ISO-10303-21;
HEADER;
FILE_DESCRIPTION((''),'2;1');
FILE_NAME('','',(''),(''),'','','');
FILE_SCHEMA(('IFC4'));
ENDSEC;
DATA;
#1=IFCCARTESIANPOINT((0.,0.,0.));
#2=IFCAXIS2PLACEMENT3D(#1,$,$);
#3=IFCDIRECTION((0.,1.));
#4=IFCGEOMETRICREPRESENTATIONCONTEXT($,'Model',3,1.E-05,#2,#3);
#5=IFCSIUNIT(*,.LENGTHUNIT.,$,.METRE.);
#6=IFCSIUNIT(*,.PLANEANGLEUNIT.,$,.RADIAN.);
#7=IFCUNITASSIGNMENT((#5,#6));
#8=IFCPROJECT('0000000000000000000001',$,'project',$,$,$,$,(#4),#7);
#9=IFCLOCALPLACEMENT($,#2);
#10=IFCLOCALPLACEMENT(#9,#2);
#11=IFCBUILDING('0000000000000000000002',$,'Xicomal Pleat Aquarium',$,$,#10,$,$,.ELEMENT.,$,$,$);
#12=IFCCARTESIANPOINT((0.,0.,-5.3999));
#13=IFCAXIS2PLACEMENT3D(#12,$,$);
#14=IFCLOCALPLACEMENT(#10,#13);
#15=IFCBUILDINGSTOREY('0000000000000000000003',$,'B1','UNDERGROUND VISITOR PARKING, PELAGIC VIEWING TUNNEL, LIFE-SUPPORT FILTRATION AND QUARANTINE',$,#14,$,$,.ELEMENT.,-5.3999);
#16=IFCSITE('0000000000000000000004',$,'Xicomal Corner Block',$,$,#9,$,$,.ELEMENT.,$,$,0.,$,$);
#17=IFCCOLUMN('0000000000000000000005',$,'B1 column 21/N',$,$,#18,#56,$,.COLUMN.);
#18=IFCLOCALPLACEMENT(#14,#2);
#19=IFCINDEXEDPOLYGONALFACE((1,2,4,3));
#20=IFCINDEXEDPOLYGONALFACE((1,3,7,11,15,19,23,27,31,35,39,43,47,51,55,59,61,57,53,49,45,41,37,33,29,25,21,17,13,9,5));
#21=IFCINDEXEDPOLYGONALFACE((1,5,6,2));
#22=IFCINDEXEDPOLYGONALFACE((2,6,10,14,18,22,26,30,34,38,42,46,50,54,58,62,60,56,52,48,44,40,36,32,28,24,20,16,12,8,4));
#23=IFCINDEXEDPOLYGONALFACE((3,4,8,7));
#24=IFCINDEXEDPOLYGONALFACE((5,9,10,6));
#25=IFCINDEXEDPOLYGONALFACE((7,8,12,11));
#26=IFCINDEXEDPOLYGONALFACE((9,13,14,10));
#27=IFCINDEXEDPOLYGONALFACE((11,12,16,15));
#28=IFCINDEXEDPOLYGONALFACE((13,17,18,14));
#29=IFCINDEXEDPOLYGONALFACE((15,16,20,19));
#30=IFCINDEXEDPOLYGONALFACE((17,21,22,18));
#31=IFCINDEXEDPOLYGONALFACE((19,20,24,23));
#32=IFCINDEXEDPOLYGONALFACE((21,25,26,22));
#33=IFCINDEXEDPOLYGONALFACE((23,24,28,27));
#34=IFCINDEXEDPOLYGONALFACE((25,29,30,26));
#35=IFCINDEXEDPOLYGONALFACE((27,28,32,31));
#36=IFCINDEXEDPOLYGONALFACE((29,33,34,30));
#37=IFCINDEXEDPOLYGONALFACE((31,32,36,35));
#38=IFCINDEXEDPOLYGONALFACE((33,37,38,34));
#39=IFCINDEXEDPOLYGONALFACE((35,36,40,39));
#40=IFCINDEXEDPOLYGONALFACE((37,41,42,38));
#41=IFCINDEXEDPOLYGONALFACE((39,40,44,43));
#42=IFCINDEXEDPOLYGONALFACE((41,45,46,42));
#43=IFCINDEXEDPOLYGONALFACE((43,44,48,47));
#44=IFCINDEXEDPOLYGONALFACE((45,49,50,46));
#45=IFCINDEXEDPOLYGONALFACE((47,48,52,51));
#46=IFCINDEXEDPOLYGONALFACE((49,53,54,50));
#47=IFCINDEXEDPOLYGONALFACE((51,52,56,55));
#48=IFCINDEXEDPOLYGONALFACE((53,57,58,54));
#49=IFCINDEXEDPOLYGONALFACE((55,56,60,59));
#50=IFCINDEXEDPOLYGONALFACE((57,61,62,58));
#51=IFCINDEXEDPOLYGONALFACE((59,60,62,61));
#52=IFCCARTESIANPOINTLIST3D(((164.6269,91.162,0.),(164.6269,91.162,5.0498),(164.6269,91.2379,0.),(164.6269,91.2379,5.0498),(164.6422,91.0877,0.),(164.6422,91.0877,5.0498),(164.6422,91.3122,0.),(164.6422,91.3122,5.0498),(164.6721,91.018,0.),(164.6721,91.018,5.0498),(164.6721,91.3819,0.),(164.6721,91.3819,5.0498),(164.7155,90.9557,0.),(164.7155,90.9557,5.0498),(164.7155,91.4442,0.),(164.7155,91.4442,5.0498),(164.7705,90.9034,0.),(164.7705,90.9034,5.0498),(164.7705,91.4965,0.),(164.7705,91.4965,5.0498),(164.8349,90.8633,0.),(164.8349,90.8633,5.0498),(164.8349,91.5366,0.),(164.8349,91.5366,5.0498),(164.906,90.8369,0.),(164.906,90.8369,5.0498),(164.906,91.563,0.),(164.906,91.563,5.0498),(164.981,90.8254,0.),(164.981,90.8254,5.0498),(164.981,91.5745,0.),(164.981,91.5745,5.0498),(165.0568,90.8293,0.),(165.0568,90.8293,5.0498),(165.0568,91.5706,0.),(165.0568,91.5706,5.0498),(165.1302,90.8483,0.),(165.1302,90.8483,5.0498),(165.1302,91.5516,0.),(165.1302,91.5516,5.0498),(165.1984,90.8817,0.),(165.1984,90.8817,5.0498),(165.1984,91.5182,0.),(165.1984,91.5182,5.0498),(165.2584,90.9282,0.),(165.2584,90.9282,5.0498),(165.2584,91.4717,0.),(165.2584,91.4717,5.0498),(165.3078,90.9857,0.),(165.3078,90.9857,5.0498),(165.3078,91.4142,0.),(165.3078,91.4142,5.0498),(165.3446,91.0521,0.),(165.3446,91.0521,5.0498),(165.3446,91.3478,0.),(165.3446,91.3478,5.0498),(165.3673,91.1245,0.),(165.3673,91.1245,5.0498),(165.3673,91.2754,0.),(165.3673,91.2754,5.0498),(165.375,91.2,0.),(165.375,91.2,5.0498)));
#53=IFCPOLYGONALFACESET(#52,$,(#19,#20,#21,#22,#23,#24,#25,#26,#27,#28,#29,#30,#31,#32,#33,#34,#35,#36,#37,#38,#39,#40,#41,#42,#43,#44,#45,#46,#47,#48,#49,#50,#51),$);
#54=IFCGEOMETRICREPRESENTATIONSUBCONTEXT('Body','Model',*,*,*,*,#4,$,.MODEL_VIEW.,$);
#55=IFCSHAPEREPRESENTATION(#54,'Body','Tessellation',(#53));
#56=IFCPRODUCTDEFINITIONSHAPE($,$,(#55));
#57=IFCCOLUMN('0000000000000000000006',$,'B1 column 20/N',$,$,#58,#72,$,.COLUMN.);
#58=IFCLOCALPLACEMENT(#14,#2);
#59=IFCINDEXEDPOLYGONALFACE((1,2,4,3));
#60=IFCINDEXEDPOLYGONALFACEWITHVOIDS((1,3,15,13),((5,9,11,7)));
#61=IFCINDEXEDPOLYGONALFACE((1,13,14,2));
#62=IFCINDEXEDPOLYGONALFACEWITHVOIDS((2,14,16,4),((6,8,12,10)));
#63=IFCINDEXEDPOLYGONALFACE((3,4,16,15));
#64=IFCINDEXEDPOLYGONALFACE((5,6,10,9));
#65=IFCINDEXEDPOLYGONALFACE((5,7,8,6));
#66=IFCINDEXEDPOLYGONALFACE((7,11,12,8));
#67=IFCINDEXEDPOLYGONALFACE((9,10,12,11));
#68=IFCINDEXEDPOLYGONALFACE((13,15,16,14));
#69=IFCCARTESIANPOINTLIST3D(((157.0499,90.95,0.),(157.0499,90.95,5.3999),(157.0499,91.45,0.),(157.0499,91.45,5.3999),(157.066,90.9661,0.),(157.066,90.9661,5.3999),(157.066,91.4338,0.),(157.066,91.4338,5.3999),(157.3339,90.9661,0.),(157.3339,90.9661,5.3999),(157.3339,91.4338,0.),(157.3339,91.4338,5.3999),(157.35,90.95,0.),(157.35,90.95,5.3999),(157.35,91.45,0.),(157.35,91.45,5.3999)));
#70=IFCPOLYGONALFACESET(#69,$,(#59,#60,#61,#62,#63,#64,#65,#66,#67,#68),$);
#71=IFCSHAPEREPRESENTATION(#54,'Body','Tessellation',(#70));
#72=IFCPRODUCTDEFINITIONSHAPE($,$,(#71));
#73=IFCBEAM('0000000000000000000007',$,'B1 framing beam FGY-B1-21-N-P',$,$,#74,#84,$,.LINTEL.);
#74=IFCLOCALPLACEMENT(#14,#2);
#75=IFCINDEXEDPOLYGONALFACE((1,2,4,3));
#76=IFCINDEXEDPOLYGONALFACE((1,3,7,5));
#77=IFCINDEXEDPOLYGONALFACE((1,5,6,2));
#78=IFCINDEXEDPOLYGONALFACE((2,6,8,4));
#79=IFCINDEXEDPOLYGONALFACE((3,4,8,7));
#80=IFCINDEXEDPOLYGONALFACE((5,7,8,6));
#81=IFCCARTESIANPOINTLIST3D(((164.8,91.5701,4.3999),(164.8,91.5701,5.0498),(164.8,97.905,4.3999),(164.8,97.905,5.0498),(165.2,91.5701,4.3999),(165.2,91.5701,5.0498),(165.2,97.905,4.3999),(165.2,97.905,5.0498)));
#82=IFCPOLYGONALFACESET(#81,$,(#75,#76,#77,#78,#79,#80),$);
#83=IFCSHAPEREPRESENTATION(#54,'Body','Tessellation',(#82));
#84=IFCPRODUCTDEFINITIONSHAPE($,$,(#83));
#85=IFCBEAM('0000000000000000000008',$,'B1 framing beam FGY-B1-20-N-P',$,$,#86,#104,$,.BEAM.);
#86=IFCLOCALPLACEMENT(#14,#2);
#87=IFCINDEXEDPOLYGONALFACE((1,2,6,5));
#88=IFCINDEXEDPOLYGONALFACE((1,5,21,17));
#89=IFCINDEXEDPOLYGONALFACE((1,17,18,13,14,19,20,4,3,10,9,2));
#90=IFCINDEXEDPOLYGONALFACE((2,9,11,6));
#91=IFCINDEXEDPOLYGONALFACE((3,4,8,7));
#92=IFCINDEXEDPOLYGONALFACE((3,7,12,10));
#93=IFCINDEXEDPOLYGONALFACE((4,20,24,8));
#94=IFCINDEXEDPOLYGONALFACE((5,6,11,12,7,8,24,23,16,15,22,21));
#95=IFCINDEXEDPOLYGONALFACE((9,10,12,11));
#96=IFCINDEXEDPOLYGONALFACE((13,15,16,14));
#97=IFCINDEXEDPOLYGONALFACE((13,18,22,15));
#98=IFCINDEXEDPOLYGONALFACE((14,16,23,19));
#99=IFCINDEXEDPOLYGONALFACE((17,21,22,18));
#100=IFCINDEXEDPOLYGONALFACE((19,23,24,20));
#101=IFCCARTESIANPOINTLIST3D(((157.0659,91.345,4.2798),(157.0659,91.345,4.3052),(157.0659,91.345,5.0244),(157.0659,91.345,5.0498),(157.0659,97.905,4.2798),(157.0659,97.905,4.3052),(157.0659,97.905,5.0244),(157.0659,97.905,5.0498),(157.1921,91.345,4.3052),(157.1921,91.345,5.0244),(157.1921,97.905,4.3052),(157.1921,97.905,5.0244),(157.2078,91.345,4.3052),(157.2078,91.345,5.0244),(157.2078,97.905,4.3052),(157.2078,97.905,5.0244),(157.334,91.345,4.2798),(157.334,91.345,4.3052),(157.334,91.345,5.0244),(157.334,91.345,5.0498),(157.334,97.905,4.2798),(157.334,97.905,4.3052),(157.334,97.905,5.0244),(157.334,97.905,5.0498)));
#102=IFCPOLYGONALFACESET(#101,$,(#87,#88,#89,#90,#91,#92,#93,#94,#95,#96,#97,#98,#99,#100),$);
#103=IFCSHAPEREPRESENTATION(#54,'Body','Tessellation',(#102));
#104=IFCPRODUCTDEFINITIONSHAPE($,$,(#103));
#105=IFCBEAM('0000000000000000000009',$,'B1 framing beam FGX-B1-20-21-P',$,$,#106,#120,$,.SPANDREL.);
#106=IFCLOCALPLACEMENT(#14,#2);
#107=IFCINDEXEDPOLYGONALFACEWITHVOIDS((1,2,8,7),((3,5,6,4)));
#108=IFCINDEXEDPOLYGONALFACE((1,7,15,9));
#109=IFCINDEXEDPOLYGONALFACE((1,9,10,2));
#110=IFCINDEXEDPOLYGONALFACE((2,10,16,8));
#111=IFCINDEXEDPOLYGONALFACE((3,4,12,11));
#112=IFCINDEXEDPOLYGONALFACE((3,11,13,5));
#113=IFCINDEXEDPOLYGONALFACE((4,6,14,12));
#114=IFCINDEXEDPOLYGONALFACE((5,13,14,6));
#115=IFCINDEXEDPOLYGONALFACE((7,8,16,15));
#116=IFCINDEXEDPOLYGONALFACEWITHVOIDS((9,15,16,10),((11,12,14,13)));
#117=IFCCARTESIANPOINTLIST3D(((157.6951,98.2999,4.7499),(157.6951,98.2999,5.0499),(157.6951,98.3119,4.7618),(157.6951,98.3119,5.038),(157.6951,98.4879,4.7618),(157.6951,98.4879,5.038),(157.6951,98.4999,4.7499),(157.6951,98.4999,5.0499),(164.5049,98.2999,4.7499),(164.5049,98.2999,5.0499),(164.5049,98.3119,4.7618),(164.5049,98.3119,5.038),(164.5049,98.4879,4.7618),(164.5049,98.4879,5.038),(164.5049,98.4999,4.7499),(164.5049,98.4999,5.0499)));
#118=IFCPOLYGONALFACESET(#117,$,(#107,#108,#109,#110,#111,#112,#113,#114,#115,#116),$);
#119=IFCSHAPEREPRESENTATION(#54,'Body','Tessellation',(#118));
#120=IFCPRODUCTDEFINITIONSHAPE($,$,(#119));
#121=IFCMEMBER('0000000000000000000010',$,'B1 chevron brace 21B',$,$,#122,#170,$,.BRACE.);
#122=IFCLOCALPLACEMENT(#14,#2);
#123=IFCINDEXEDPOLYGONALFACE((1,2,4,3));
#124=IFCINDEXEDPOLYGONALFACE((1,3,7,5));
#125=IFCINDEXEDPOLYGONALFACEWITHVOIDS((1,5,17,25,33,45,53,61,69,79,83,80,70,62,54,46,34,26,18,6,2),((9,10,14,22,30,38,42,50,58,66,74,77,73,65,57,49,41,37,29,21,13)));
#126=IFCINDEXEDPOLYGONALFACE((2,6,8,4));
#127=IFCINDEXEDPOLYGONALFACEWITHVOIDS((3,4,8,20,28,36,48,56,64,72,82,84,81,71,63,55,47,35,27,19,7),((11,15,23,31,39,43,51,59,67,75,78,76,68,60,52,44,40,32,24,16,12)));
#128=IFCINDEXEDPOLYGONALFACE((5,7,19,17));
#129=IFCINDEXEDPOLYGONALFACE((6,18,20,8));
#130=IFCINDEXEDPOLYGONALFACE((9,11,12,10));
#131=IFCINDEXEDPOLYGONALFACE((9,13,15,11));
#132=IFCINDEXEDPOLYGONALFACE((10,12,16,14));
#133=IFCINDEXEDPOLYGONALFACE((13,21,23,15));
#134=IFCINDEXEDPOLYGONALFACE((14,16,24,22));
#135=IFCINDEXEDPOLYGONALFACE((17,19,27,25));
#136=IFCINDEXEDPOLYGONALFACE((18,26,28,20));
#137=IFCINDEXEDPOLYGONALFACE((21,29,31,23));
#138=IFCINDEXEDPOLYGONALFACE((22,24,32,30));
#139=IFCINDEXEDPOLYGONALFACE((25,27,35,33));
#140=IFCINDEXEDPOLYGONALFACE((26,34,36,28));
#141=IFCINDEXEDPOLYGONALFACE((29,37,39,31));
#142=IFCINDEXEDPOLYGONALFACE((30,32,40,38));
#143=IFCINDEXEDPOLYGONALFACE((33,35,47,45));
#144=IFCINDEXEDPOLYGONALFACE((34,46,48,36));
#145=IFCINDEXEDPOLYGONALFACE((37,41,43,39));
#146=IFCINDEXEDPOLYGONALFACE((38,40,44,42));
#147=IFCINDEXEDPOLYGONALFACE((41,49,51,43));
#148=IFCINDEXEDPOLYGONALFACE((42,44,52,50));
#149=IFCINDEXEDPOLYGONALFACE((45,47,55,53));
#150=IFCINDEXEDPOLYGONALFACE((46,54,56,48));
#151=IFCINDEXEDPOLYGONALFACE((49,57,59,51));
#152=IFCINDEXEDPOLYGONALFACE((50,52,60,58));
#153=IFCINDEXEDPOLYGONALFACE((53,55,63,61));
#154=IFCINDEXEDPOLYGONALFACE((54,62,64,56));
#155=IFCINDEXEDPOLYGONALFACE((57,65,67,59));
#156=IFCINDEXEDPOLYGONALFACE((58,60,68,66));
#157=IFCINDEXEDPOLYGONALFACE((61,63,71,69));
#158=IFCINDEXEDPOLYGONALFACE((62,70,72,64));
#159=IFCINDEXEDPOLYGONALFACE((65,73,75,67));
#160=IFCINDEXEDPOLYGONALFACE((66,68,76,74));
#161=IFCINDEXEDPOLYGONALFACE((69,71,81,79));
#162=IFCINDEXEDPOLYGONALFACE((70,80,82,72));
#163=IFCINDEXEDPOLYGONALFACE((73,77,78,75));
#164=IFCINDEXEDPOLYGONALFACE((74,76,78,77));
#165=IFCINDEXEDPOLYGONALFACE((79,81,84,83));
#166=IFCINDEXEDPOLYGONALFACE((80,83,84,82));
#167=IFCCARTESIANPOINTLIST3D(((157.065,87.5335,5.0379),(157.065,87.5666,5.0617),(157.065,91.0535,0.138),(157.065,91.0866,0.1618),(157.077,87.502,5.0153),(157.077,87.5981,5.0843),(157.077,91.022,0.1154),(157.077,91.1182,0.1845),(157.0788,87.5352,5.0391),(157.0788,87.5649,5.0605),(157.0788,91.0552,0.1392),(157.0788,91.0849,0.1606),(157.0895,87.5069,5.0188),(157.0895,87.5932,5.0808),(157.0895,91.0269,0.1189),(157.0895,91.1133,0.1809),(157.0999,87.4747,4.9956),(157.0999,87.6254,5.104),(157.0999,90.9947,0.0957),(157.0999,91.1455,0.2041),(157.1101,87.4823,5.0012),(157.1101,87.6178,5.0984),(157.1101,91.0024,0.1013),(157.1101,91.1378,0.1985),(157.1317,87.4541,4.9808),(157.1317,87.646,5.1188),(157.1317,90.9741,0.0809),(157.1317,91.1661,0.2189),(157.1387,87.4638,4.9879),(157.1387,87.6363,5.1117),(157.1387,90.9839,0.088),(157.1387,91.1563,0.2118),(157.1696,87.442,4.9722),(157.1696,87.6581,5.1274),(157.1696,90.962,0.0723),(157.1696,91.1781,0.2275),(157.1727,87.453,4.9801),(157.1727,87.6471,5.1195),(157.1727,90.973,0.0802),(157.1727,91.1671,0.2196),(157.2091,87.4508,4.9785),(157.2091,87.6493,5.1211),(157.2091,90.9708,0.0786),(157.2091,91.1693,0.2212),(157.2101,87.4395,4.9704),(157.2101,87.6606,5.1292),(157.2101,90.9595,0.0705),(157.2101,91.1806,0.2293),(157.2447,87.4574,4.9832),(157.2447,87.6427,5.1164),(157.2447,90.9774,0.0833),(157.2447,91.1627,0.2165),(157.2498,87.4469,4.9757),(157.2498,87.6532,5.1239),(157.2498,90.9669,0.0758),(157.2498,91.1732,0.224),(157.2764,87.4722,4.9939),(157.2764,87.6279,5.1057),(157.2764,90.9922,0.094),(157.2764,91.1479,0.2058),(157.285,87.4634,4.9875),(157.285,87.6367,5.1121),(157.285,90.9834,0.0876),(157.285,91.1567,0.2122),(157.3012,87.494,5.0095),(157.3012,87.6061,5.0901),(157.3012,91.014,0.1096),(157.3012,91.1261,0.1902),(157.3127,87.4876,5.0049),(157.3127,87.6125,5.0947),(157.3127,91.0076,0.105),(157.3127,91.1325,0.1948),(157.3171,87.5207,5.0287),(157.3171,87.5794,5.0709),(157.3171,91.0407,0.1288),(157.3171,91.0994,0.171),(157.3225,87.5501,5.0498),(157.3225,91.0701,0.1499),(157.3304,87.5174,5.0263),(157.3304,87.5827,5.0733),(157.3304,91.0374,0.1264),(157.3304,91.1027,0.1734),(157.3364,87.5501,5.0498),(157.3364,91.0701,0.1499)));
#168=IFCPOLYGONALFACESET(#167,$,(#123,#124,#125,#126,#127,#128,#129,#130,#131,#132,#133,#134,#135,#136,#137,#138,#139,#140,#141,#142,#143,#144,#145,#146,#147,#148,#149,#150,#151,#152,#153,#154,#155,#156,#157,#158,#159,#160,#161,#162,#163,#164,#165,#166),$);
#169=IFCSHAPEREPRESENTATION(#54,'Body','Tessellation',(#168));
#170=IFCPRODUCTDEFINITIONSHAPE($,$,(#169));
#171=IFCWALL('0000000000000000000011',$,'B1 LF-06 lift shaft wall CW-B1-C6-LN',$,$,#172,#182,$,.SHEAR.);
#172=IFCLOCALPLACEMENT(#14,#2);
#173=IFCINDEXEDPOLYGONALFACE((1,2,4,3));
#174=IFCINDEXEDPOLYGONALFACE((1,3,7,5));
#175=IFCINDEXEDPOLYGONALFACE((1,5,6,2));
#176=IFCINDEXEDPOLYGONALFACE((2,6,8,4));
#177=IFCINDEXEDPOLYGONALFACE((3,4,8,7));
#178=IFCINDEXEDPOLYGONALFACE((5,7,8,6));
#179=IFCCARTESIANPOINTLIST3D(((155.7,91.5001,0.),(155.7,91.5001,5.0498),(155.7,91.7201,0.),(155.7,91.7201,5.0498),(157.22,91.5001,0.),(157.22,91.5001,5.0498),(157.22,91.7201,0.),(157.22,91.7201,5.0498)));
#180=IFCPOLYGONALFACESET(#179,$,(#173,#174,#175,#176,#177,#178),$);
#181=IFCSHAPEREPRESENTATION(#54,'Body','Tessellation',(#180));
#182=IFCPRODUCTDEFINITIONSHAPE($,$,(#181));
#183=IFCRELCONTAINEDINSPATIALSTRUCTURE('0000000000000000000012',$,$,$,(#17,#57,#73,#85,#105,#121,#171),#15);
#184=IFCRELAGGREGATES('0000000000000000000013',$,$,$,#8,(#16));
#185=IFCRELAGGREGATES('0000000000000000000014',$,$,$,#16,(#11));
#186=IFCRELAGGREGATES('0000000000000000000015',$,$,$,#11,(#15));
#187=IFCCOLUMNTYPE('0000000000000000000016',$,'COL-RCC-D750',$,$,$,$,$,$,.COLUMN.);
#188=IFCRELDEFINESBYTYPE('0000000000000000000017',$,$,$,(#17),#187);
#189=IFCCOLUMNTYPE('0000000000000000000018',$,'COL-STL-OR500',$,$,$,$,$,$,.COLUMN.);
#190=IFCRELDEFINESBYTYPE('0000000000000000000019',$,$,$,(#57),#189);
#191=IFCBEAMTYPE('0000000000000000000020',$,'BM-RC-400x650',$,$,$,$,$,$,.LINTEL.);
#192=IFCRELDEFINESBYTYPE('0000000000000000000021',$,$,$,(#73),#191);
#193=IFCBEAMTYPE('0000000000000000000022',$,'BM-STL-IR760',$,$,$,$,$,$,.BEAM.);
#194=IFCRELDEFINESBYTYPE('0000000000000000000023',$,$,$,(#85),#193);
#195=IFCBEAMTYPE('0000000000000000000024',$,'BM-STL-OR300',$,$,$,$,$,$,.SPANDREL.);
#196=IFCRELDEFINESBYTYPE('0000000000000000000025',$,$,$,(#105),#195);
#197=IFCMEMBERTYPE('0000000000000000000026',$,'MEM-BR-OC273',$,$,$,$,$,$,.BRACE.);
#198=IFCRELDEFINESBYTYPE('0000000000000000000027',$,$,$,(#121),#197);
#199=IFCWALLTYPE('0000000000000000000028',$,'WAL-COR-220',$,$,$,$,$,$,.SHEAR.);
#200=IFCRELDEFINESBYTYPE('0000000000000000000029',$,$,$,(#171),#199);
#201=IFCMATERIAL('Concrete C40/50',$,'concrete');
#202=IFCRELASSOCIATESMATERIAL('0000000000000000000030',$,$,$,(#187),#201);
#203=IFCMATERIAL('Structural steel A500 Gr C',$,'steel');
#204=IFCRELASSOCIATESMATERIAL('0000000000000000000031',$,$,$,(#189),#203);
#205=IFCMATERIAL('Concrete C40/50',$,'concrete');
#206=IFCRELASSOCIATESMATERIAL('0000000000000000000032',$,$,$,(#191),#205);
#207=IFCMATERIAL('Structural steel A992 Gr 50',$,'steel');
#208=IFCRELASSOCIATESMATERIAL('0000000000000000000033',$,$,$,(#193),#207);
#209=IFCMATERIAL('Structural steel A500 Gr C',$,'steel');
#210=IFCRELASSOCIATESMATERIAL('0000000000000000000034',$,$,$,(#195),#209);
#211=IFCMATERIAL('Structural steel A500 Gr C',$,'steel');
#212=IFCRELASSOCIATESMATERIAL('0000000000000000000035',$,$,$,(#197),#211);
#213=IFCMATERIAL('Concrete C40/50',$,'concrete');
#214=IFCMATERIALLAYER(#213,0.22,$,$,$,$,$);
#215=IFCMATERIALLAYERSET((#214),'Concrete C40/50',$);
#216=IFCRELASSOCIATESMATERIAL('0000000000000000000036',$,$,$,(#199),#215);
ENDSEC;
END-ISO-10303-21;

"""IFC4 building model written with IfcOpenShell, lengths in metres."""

from ifc_helpers import new_model, si_unit, direction, frame, frame_2d, origin, origin_2d, place, context, subcontext, project, spatial, rectangle, hollow_rectangle, circle, hollow_circle, i_section, extrude, material, layer, layer_set, material_profile, profile_set, type_object, element, save


model = new_model("IFC4")

# Units and contexts
model_context = context("Model", 3, precision=1e-05, world=origin(), true_north=direction((0.0, 1.0)))
body_context = subcontext(model_context, "Body", "Model", "MODEL_VIEW")
ifc_project = project(units=[si_unit("LENGTHUNIT", "METRE"), si_unit("PLANEANGLEUNIT", "RADIAN")], contexts=[model_context])

# Site, building, storey
site_placement = place(None, origin())
site = spatial("IfcSite", under=ifc_project, at=site_placement, Name="Xicomal Corner Block", CompositionType="ELEMENT", RefElevation=0.0)
building_placement = place(site_placement, origin())
building = spatial("IfcBuilding", under=site, at=building_placement, Name="Xicomal Pleat Aquarium", CompositionType="ELEMENT")
storey_placement = place(building_placement, frame((0.0, 0.0, -5.3999)))
storey = spatial("IfcBuildingStorey", under=building, at=storey_placement, Name="B1", Description="UNDERGROUND VISITOR PARKING, PELAGIC VIEWING TUNNEL, LIFE-SUPPORT FILTRATION AND QUARANTINE", CompositionType="ELEMENT", Elevation=-5.3999)

# Columns
ifc_material_1 = material(Name="Concrete C40/50", Category="concrete")
ifc_material_profile_1 = material_profile(ifc_material_1, circle(Radius=0.375, at=origin_2d()), Name="RCC D750")
ifc_profile_set_1 = profile_set([ifc_material_profile_1], Name="Concrete C40/50")
column_type_1 = type_object("IfcColumnType", Name="COL-RCC-D750", PredefinedType="COLUMN", material=ifc_profile_set_1)
column_1_placement = place(storey_placement, frame((165.0, 91.2, 0.0), z_axis=(0.0, 0.0, 1.0), x_axis=(1.0, 0.0, 0.0)))
element("IfcColumn", 1, at=column_1_placement, inside=storey, type_object=column_type_1, Name="B1 column 21/N", PredefinedType="COLUMN", context=body_context, shape_type="SweptSolid", body=[
    extrude(circle(Radius=0.375, at=origin_2d()), origin(), (0.0, 0.0, 1.0), 5.0498),
])
ifc_material_2 = material(Name="Structural steel A500 Gr C", Category="steel")
ifc_material_profile_2 = material_profile(ifc_material_2, hollow_rectangle(XDim=0.3, YDim=0.5, WallThickness=0.0161, at=origin_2d()), Name="OR 500x300x16")
ifc_profile_set_2 = profile_set([ifc_material_profile_2], Name="Structural steel A500 Gr C")
column_type_2 = type_object("IfcColumnType", Name="COL-STL-OR500", PredefinedType="COLUMN", material=ifc_profile_set_2)
column_2_placement = place(storey_placement, frame((157.2, 91.2, 0.0), z_axis=(0.0, 0.0, 1.0), x_axis=(1.0, 0.0, 0.0)))
element("IfcColumn", 2, at=column_2_placement, inside=storey, type_object=column_type_2, Name="B1 column 20/N", PredefinedType="COLUMN", context=body_context, shape_type="SweptSolid", body=[
    extrude(hollow_rectangle(XDim=0.3, YDim=0.5, WallThickness=0.0161, at=origin_2d()), origin(), (0.0, 0.0, 1.0), 5.3999),
])

# Beams
ifc_material_3 = material(Name="Concrete C40/50", Category="concrete")
ifc_material_profile_3 = material_profile(ifc_material_3, rectangle(XDim=0.3999, YDim=0.6499, at=origin_2d()), Name="RC 400x650")
ifc_profile_set_3 = profile_set([ifc_material_profile_3], Name="Concrete C40/50")
beam_type_1 = type_object("IfcBeamType", Name="BM-RC-400x650", PredefinedType="LINTEL", material=ifc_profile_set_3)
beam_1_placement = place(storey_placement, frame((165.0, 91.5701, 4.7249), z_axis=(0.0, 1.0, 0.0), x_axis=(-1.0, 0.0, 0.0)))
element("IfcBeam", 3, at=beam_1_placement, inside=storey, type_object=beam_type_1, Name="B1 framing beam FGY-B1-21-N-P", PredefinedType="LINTEL", context=body_context, shape_type="SweptSolid", body=[
    extrude(rectangle(XDim=0.3999, YDim=0.6499, at=origin_2d()), origin(), (0.0, 0.0, 1.0), 6.335),
])
ifc_material_4 = material(Name="Structural steel A992 Gr 50", Category="steel")
ifc_material_profile_4 = material_profile(ifc_material_4, i_section(OverallWidth=0.2681, OverallDepth=0.77, WebThickness=0.0156, FlangeThickness=0.0254, at=origin_2d()), Name="IR 760x196")
ifc_profile_set_4 = profile_set([ifc_material_profile_4], Name="Structural steel A992 Gr 50")
beam_type_2 = type_object("IfcBeamType", Name="BM-STL-IR760", PredefinedType="BEAM", material=ifc_profile_set_4)
beam_2_placement = place(storey_placement, frame((157.2, 91.345, 4.6648), z_axis=(0.0, 1.0, 0.0), x_axis=(-1.0, 0.0, 0.0)))
element("IfcBeam", 4, at=beam_2_placement, inside=storey, type_object=beam_type_2, Name="B1 framing beam FGY-B1-20-N-P", PredefinedType="BEAM", context=body_context, shape_type="SweptSolid", body=[
    extrude(i_section(OverallWidth=0.2681, OverallDepth=0.77, WebThickness=0.0156, FlangeThickness=0.0254, at=origin_2d()), origin(), (0.0, 0.0, 1.0), 6.5601),
])
ifc_material_5 = material(Name="Structural steel A500 Gr C", Category="steel")
ifc_material_profile_5 = material_profile(ifc_material_5, hollow_rectangle(XDim=0.2, YDim=0.3, WallThickness=0.012, at=origin_2d()), Name="OR 300x200x12")
ifc_profile_set_5 = profile_set([ifc_material_profile_5], Name="Structural steel A500 Gr C")
beam_type_3 = type_object("IfcBeamType", Name="BM-STL-OR300", PredefinedType="SPANDREL", material=ifc_profile_set_5)
beam_3_placement = place(storey_placement, frame((157.6951, 98.3999, 4.8999), z_axis=(1.0, 0.0, 0.0), x_axis=(0.0, 1.0, 0.0)))
element("IfcBeam", 5, at=beam_3_placement, inside=storey, type_object=beam_type_3, Name="B1 framing beam FGX-B1-20-21-P", PredefinedType="SPANDREL", context=body_context, shape_type="SweptSolid", body=[
    extrude(hollow_rectangle(XDim=0.2, YDim=0.3, WallThickness=0.012, at=origin_2d()), origin(), (0.0, 0.0, 1.0), 6.8098),
])

# Member
ifc_material_6 = material(Name="Structural steel A500 Gr C", Category="steel")
ifc_material_profile_6 = material_profile(ifc_material_6, hollow_circle(Radius=0.1365, WallThickness=0.0139, at=origin_2d()), Name="OC 273x14")
ifc_profile_set_6 = profile_set([ifc_material_profile_6], Name="Structural steel A500 Gr C")
member_type = type_object("IfcMemberType", Name="MEM-BR-OC273", PredefinedType="BRACE", material=ifc_profile_set_6)
member_placement = place(storey_placement, frame((157.2, 91.0701, 0.1499), z_axis=(0.0, -0.583441, 0.812156), x_axis=(1.0, 0.0, 0.0)))
element("IfcMember", 6, at=member_placement, inside=storey, type_object=member_type, Name="B1 chevron brace 21B", PredefinedType="BRACE", context=body_context, shape_type="SweptSolid", body=[
    extrude(hollow_circle(Radius=0.1365, WallThickness=0.0139, at=origin_2d()), origin(), (0.0, 0.0, 1.0), 6.0332),
])

# Wall
ifc_material_7 = material(Name="Concrete C40/50", Category="concrete")
ifc_layer_1 = layer(ifc_material_7, 0.22)
ifc_layer_set_1 = layer_set([ifc_layer_1], Name="Concrete C40/50")
wall_type_1 = type_object("IfcWallType", Name="WAL-COR-220", PredefinedType="SHEAR", material=ifc_layer_set_1)
wall_1_placement = place(storey_placement, frame((155.7, 91.6101, 0.0), z_axis=(0.0, 0.0, 1.0), x_axis=(1.0, 0.0, 0.0)))
element("IfcWall", 7, at=wall_1_placement, inside=storey, type_object=wall_type_1, Name="B1 LF-06 lift shaft wall CW-B1-C6-LN", PredefinedType="SHEAR", context=body_context, shape_type="SweptSolid", body=[
    extrude(rectangle(XDim=1.52, YDim=0.22, at=frame_2d((0.76, 0.0))), origin(), (0.0, 0.0, 1.0), 5.0498),
])

save(model, "model.ifc")
